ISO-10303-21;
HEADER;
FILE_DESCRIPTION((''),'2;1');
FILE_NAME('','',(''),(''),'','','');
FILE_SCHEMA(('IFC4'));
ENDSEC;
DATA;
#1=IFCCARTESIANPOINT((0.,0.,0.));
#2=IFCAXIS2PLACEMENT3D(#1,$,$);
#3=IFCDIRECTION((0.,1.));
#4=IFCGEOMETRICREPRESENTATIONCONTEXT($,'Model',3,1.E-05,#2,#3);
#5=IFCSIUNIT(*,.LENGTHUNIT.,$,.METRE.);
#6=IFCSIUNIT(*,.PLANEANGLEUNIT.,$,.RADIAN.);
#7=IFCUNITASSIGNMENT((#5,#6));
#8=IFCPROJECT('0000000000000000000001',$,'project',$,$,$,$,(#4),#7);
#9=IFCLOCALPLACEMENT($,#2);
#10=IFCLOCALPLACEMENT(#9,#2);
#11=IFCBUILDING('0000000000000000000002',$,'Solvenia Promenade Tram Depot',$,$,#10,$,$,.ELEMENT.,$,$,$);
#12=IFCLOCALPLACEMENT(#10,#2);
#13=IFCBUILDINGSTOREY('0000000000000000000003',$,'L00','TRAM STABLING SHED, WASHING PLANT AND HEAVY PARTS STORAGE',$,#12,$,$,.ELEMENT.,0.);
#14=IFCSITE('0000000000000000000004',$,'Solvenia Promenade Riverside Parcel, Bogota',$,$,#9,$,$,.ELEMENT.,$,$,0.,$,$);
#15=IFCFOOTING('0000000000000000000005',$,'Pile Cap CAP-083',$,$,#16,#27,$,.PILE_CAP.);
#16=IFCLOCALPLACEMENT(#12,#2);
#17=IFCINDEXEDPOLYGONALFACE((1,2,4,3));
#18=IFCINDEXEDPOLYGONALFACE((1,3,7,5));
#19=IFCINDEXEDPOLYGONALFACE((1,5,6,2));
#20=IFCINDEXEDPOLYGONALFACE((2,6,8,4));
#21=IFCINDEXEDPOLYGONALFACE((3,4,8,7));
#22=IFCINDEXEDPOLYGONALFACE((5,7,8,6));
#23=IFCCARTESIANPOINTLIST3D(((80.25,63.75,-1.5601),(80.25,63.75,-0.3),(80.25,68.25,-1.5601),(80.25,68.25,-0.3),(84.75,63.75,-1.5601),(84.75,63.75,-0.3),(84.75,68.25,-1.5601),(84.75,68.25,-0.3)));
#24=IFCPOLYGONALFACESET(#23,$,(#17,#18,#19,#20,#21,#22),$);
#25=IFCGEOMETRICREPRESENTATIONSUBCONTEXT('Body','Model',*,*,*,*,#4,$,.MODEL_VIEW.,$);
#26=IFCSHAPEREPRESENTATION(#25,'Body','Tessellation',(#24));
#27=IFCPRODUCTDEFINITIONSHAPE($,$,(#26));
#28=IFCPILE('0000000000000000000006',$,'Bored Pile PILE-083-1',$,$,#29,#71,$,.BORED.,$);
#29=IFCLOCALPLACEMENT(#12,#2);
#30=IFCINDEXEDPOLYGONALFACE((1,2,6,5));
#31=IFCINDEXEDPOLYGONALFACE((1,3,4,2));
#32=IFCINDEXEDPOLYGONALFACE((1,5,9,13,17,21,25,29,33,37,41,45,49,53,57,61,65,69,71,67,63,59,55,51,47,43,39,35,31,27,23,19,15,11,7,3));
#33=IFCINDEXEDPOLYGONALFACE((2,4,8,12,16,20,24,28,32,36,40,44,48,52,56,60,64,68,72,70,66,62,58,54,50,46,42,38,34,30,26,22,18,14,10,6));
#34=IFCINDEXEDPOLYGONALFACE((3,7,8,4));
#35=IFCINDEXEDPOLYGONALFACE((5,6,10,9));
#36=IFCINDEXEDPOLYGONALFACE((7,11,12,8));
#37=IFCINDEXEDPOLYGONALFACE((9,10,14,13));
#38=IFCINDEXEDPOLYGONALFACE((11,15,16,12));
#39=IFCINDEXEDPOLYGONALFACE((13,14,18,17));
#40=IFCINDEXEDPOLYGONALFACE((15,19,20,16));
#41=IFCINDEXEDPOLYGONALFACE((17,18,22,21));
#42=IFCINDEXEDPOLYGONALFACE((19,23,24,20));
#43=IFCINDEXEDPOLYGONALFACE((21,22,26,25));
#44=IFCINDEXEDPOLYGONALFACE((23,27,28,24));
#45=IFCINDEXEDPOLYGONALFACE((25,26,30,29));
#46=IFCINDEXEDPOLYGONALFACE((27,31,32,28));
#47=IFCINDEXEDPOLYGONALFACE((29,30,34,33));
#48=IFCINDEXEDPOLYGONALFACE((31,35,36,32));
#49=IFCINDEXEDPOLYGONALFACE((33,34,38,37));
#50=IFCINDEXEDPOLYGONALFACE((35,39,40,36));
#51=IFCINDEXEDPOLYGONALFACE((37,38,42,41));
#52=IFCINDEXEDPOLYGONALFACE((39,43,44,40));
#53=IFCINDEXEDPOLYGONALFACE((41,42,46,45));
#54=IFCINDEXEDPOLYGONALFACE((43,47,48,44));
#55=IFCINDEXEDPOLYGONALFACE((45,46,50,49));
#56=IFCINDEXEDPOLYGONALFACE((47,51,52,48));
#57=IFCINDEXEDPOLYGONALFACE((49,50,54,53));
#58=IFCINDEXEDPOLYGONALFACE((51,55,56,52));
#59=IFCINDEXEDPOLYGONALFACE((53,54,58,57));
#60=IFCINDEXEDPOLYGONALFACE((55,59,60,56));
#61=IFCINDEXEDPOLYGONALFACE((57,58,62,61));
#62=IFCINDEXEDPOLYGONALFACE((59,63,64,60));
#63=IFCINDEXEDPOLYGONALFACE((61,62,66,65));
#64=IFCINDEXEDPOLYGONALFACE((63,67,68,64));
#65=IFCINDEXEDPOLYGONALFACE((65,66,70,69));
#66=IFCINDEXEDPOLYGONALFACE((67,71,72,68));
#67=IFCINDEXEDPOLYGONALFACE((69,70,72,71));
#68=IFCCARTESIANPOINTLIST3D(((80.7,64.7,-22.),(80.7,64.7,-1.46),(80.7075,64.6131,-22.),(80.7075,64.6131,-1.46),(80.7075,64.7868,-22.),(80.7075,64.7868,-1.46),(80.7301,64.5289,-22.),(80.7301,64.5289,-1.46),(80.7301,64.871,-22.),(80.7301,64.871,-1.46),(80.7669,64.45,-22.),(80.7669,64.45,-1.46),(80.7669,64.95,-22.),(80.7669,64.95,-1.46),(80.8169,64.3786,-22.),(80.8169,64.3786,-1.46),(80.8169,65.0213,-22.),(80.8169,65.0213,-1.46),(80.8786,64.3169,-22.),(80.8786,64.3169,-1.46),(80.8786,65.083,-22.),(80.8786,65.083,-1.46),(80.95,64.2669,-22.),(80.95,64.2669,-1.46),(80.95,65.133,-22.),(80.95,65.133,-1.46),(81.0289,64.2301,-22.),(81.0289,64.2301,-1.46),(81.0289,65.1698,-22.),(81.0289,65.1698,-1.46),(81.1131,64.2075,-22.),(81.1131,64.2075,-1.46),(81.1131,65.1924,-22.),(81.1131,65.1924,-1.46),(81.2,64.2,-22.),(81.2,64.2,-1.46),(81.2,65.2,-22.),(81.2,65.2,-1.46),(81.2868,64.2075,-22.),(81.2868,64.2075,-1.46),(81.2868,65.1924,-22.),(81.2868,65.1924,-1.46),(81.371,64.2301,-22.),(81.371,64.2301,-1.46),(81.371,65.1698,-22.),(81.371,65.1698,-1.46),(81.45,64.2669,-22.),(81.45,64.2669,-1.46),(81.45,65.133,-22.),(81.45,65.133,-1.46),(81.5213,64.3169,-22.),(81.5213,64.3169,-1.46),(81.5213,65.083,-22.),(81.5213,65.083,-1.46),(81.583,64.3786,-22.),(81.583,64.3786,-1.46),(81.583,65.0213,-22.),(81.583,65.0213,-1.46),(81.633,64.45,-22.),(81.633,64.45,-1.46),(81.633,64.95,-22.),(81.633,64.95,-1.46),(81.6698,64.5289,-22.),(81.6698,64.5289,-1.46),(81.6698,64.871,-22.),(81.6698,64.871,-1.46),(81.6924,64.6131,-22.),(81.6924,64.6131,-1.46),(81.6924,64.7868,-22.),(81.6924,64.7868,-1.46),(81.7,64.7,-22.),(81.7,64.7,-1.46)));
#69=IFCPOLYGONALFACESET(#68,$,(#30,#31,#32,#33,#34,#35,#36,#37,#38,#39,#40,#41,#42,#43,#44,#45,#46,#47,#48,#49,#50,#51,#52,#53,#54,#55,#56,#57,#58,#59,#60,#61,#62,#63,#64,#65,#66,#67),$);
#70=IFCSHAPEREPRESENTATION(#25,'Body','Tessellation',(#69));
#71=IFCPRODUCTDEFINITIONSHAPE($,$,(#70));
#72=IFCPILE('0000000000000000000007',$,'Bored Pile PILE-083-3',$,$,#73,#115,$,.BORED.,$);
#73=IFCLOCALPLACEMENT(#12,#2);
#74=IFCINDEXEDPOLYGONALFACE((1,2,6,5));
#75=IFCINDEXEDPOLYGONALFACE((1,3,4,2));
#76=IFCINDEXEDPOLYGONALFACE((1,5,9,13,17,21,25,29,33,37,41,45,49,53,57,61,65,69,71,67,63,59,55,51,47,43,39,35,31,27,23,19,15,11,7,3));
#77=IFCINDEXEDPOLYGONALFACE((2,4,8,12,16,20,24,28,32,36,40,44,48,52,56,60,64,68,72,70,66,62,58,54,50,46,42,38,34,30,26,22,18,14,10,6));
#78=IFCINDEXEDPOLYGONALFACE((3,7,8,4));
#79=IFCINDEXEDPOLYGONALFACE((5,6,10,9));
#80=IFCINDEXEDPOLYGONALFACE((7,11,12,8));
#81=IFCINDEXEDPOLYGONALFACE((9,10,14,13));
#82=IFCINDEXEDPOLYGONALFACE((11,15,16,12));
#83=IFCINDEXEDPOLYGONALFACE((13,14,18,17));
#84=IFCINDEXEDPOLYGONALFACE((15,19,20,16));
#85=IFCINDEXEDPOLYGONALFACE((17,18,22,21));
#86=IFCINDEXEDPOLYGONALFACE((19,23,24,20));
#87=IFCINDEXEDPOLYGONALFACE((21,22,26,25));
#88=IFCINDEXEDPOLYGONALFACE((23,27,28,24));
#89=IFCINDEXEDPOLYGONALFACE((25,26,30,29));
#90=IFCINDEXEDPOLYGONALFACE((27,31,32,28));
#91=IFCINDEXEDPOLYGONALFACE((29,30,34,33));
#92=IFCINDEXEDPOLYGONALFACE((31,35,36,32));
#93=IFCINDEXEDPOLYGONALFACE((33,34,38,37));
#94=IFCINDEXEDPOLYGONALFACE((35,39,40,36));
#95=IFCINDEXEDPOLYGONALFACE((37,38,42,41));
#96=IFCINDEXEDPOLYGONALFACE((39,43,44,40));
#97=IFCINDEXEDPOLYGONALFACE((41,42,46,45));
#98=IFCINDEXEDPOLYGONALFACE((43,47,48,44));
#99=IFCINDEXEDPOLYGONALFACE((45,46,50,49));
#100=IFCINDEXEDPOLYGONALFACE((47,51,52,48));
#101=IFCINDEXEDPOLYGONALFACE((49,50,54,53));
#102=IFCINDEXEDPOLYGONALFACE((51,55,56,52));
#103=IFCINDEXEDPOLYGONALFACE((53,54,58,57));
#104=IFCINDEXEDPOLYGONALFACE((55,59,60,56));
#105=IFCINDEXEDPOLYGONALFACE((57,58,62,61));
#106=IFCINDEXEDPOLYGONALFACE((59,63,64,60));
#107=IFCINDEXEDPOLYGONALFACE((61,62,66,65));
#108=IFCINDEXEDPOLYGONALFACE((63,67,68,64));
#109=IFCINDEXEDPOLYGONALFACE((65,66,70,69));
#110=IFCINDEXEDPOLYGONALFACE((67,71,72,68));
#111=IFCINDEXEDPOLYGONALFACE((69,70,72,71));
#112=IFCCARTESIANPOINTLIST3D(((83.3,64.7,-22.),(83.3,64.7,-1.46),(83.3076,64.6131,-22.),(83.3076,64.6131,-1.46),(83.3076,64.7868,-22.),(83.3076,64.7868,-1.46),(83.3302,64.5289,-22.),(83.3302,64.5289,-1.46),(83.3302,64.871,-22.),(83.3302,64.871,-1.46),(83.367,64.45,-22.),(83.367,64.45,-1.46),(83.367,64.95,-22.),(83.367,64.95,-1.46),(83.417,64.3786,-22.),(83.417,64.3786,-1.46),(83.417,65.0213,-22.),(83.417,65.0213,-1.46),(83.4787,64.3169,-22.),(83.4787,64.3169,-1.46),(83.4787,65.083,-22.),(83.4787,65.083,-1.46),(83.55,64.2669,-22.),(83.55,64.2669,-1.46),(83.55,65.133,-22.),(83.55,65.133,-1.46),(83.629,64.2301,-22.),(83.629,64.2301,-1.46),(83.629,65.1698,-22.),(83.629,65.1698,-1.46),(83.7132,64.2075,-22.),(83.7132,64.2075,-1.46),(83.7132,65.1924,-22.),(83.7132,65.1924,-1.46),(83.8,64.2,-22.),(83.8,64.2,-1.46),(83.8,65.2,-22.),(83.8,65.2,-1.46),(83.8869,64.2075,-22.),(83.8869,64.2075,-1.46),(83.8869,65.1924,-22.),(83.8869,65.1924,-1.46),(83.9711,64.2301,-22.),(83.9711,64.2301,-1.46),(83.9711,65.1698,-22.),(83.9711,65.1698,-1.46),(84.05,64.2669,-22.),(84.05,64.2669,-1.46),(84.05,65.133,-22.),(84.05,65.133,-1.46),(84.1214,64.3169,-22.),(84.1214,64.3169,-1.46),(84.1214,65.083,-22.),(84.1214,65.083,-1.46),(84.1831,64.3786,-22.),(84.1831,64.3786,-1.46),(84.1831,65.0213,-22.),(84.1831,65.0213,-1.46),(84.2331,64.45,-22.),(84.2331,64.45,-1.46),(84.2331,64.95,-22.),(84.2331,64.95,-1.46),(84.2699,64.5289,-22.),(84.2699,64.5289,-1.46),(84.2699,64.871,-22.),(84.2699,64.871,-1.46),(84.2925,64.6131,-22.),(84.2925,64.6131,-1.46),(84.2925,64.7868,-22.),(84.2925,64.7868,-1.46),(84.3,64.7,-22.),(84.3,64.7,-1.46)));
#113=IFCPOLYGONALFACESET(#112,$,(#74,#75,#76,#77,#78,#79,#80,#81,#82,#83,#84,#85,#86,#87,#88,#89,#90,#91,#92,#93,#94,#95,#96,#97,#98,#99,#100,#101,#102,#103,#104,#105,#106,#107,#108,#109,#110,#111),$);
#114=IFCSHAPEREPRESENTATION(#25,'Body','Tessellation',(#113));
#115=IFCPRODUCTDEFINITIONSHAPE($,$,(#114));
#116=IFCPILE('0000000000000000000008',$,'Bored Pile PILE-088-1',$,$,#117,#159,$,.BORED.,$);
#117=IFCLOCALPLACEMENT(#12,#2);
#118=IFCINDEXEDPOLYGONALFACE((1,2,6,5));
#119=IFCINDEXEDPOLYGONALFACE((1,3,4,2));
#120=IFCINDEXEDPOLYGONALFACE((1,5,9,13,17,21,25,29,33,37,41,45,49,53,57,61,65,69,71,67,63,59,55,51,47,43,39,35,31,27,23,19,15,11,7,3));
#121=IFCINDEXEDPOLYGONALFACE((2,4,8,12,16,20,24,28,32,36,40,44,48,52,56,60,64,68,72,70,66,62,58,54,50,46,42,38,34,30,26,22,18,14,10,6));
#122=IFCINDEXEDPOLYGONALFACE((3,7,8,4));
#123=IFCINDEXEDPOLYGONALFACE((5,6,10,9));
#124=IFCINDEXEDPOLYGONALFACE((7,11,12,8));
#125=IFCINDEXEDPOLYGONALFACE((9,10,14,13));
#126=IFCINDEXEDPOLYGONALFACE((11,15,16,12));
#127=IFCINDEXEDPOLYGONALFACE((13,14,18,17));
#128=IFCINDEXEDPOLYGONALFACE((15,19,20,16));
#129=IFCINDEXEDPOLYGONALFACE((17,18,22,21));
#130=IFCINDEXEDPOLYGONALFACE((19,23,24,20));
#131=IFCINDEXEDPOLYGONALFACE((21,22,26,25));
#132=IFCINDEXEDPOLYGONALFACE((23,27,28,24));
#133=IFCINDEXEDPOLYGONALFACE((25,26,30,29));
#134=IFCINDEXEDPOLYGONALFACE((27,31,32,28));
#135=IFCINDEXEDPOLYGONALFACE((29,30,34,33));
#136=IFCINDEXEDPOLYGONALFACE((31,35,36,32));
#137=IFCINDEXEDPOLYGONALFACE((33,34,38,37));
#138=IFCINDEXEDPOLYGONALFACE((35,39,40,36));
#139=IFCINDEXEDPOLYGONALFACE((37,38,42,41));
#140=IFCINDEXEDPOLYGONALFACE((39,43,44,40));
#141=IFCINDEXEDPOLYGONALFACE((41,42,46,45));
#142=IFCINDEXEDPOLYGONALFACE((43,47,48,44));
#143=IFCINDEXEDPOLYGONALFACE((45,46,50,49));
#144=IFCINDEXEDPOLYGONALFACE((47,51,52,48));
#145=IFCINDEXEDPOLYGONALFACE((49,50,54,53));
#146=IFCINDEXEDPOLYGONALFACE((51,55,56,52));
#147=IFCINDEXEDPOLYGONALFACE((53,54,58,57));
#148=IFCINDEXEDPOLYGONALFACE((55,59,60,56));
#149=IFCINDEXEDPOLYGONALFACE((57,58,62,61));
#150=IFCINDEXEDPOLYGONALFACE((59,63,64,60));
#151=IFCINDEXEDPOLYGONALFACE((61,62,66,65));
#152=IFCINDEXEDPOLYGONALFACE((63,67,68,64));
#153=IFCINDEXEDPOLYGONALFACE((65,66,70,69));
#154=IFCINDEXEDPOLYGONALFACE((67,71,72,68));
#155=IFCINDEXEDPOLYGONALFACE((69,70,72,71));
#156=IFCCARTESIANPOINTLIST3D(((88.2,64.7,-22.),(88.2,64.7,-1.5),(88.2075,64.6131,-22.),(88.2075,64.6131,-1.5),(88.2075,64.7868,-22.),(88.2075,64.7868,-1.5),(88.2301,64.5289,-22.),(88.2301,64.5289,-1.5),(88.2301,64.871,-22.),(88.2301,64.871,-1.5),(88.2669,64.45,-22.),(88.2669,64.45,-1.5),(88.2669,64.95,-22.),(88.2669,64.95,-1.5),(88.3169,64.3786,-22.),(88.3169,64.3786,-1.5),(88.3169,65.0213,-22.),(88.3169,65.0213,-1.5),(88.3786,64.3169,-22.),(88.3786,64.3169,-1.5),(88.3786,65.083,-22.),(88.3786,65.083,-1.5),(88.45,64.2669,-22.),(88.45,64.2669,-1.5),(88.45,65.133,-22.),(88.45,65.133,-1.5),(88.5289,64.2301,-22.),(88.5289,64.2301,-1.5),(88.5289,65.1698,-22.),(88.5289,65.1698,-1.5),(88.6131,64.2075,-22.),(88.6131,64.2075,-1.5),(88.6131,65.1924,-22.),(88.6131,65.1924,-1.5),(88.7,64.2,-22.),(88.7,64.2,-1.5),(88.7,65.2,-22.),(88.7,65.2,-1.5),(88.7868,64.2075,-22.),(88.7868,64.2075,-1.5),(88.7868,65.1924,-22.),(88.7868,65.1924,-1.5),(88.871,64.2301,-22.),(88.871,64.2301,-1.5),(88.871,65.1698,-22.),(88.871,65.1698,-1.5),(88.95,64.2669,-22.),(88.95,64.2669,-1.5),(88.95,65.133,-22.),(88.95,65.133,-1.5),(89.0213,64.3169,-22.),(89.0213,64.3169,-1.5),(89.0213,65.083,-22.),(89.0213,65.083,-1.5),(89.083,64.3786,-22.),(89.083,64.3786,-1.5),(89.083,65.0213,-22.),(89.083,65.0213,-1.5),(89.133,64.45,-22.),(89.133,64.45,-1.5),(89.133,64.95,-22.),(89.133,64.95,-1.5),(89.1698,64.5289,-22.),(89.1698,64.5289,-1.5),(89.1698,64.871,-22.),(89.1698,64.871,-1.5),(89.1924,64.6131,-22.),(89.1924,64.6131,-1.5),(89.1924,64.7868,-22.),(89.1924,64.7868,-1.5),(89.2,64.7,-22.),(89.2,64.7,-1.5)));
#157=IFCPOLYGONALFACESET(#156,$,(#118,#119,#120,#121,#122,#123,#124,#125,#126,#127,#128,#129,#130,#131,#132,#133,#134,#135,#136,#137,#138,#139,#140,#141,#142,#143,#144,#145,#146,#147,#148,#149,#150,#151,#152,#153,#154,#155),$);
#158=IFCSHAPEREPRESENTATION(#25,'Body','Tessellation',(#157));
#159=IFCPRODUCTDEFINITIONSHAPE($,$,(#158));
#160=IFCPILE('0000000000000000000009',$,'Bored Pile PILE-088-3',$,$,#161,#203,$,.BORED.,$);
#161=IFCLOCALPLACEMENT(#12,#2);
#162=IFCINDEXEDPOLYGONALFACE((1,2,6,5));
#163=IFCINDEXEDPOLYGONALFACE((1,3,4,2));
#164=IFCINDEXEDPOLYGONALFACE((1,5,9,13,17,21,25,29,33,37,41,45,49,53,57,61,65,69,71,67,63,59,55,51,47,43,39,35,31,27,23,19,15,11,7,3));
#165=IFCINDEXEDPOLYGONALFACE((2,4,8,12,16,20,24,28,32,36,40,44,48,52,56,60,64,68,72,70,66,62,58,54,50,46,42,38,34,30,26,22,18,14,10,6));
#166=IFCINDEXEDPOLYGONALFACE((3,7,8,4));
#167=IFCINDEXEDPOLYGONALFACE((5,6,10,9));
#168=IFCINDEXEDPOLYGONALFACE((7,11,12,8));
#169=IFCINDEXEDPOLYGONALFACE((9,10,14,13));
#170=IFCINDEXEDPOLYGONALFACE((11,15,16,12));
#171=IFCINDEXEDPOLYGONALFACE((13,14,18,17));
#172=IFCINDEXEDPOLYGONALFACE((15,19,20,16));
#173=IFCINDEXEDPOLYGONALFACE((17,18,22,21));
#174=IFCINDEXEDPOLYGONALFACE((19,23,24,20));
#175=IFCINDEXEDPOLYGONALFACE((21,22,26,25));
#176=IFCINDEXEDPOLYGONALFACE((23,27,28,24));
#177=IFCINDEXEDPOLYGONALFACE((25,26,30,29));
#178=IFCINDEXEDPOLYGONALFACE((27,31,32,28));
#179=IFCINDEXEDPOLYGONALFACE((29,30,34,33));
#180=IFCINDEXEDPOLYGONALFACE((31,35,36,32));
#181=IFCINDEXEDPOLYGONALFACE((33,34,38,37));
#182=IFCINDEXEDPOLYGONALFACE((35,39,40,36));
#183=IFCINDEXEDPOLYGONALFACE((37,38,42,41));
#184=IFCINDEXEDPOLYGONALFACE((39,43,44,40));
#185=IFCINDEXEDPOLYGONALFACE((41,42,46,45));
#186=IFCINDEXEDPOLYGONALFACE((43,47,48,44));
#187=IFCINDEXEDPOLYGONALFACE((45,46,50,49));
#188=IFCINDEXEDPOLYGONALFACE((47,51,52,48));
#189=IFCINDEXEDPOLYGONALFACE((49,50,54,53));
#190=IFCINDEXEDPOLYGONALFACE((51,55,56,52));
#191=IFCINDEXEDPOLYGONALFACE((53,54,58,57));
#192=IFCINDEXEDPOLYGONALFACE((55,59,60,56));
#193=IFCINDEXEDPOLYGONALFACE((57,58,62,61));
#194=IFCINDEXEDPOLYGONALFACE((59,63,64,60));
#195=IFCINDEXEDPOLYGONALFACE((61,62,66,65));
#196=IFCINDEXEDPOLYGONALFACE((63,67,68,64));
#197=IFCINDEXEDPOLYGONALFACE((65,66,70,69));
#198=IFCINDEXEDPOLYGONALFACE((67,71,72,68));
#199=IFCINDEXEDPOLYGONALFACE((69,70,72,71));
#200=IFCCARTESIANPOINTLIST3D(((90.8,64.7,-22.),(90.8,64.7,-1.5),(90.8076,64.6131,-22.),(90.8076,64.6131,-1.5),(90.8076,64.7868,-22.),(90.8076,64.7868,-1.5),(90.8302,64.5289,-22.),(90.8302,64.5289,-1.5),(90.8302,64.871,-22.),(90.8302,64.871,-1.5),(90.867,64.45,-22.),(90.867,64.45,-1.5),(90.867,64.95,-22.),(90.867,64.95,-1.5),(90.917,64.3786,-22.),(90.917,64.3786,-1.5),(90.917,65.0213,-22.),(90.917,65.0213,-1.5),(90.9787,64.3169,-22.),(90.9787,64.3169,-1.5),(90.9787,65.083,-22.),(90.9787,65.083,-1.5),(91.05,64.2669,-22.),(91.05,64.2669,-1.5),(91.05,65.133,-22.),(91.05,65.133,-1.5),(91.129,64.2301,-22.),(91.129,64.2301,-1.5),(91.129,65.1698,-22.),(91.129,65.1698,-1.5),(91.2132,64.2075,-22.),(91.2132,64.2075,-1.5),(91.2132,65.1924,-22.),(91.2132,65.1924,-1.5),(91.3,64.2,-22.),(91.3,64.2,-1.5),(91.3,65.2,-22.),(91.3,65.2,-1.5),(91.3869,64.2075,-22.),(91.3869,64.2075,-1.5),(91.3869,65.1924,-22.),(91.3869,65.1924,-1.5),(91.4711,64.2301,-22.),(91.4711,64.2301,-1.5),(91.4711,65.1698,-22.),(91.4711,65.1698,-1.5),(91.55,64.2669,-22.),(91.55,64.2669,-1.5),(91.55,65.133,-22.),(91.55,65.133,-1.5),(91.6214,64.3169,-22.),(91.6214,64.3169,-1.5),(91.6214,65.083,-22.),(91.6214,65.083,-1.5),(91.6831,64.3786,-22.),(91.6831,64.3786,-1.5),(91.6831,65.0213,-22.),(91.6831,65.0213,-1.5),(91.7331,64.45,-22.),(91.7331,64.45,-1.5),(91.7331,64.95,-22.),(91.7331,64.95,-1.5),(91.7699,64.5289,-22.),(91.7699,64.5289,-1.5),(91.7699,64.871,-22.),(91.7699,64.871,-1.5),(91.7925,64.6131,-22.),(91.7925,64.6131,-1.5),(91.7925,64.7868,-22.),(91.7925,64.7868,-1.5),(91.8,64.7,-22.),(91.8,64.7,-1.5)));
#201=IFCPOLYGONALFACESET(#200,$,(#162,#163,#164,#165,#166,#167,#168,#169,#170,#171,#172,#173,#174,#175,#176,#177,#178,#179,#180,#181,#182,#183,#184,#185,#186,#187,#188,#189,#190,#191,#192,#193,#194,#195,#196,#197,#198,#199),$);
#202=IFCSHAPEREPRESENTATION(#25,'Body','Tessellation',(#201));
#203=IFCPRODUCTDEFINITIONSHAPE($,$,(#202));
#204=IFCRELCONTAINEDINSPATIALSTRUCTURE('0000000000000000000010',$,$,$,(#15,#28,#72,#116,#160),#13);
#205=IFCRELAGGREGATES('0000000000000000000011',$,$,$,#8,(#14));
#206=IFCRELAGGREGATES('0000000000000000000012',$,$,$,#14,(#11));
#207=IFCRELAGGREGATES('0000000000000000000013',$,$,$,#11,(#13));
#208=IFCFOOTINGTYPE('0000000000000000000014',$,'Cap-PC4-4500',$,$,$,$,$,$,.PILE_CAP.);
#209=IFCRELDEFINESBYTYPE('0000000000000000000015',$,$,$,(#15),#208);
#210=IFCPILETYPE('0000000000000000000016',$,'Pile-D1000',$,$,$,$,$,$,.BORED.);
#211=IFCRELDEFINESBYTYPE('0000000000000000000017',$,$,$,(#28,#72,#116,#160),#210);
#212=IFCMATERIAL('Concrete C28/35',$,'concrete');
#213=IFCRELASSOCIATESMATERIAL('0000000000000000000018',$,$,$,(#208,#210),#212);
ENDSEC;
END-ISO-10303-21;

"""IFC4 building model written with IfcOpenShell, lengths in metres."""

from ifc_helpers import new_model, si_unit, direction, frame, origin, origin_2d, place, context, subcontext, project, spatial, rectangle, circle, extrude, material, material_profile, profile_set, type_object, element, save


model = new_model("IFC4")

# Units and contexts
model_context = context("Model", 3, precision=1e-05, world=origin(), true_north=direction((0.0, 1.0)))
body_context = subcontext(model_context, "Body", "Model", "MODEL_VIEW")
ifc_project = project(units=[si_unit("LENGTHUNIT", "METRE"), si_unit("PLANEANGLEUNIT", "RADIAN")], contexts=[model_context])

# Site, building, storey
site_placement = place(None, origin())
site = spatial("IfcSite", under=ifc_project, at=site_placement, Name="Solvenia Promenade Riverside Parcel, Bogota", CompositionType="ELEMENT", RefElevation=0.0)
building_placement = place(site_placement, origin())
building = spatial("IfcBuilding", under=site, at=building_placement, Name="Solvenia Promenade Tram Depot", CompositionType="ELEMENT")
storey_placement = place(building_placement, origin())
storey = spatial("IfcBuildingStorey", under=building, at=storey_placement, Name="L00", Description="TRAM STABLING SHED, WASHING PLANT AND HEAVY PARTS STORAGE", CompositionType="ELEMENT", Elevation=0.0)

# Footing
ifc_material_1 = material(Name="Concrete C28/35", Category="concrete")
footing_type = type_object("IfcFootingType", Name="Cap-PC4-4500", PredefinedType="PILE_CAP", material=ifc_material_1)
footing_placement = place(storey_placement, frame((82.5, 66.0, -1.5601), z_axis=(0.0, 0.0, 1.0), x_axis=(1.0, 0.0, 0.0)))
element("IfcFooting", 1, at=footing_placement, inside=storey, type_object=footing_type, Name="Pile Cap CAP-083", PredefinedType="PILE_CAP", context=body_context, shape_type="SweptSolid", body=[
    extrude(rectangle(XDim=4.5, YDim=4.5, at=origin_2d()), origin(), (0.0, 0.0, 1.0), 1.26),
])

# Piles
ifc_material_profile_1 = material_profile(ifc_material_1, circle(Radius=0.5, at=origin_2d()), Name="D1000", Category="concrete")
ifc_profile_set_1 = profile_set([ifc_material_profile_1], Name="Concrete C28/35")
pile_type = type_object("IfcPileType", Name="Pile-D1000", PredefinedType="BORED", material=ifc_profile_set_1)
for number, where, z_axis, x_axis, name in (
    (2, (81.2, 64.7, -1.46), (0.0, 0.0, -1.0), (1.0, 0.0, 0.0), "Bored Pile PILE-083-1"),
    (3, (83.8, 64.7, -1.46), (0.0, 0.0, -1.0), (1.0, 0.0, 0.0), "Bored Pile PILE-083-3"),
):
    element("IfcPile", number, at=place(storey_placement, frame(where, z_axis=z_axis, x_axis=x_axis)), inside=storey, type_object=pile_type, Name=name, PredefinedType="BORED", context=body_context, shape_type="SweptSolid", body=[
        extrude(circle(Radius=0.5, at=origin_2d()), origin(), (0.0, 0.0, 1.0), 20.54),
    ])
for number, where, z_axis, x_axis, name in (
    (4, (88.7, 64.7, -1.5), (0.0, 0.0, -1.0), (1.0, 0.0, 0.0), "Bored Pile PILE-088-1"),
    (5, (91.3, 64.7, -1.5), (0.0, 0.0, -1.0), (1.0, 0.0, 0.0), "Bored Pile PILE-088-3"),
):
    element("IfcPile", number, at=place(storey_placement, frame(where, z_axis=z_axis, x_axis=x_axis)), inside=storey, type_object=pile_type, Name=name, PredefinedType="BORED", context=body_context, shape_type="SweptSolid", body=[
        extrude(circle(Radius=0.5, at=origin_2d()), origin(), (0.0, 0.0, 1.0), 20.5),
    ])

save(model, "model.ifc")
